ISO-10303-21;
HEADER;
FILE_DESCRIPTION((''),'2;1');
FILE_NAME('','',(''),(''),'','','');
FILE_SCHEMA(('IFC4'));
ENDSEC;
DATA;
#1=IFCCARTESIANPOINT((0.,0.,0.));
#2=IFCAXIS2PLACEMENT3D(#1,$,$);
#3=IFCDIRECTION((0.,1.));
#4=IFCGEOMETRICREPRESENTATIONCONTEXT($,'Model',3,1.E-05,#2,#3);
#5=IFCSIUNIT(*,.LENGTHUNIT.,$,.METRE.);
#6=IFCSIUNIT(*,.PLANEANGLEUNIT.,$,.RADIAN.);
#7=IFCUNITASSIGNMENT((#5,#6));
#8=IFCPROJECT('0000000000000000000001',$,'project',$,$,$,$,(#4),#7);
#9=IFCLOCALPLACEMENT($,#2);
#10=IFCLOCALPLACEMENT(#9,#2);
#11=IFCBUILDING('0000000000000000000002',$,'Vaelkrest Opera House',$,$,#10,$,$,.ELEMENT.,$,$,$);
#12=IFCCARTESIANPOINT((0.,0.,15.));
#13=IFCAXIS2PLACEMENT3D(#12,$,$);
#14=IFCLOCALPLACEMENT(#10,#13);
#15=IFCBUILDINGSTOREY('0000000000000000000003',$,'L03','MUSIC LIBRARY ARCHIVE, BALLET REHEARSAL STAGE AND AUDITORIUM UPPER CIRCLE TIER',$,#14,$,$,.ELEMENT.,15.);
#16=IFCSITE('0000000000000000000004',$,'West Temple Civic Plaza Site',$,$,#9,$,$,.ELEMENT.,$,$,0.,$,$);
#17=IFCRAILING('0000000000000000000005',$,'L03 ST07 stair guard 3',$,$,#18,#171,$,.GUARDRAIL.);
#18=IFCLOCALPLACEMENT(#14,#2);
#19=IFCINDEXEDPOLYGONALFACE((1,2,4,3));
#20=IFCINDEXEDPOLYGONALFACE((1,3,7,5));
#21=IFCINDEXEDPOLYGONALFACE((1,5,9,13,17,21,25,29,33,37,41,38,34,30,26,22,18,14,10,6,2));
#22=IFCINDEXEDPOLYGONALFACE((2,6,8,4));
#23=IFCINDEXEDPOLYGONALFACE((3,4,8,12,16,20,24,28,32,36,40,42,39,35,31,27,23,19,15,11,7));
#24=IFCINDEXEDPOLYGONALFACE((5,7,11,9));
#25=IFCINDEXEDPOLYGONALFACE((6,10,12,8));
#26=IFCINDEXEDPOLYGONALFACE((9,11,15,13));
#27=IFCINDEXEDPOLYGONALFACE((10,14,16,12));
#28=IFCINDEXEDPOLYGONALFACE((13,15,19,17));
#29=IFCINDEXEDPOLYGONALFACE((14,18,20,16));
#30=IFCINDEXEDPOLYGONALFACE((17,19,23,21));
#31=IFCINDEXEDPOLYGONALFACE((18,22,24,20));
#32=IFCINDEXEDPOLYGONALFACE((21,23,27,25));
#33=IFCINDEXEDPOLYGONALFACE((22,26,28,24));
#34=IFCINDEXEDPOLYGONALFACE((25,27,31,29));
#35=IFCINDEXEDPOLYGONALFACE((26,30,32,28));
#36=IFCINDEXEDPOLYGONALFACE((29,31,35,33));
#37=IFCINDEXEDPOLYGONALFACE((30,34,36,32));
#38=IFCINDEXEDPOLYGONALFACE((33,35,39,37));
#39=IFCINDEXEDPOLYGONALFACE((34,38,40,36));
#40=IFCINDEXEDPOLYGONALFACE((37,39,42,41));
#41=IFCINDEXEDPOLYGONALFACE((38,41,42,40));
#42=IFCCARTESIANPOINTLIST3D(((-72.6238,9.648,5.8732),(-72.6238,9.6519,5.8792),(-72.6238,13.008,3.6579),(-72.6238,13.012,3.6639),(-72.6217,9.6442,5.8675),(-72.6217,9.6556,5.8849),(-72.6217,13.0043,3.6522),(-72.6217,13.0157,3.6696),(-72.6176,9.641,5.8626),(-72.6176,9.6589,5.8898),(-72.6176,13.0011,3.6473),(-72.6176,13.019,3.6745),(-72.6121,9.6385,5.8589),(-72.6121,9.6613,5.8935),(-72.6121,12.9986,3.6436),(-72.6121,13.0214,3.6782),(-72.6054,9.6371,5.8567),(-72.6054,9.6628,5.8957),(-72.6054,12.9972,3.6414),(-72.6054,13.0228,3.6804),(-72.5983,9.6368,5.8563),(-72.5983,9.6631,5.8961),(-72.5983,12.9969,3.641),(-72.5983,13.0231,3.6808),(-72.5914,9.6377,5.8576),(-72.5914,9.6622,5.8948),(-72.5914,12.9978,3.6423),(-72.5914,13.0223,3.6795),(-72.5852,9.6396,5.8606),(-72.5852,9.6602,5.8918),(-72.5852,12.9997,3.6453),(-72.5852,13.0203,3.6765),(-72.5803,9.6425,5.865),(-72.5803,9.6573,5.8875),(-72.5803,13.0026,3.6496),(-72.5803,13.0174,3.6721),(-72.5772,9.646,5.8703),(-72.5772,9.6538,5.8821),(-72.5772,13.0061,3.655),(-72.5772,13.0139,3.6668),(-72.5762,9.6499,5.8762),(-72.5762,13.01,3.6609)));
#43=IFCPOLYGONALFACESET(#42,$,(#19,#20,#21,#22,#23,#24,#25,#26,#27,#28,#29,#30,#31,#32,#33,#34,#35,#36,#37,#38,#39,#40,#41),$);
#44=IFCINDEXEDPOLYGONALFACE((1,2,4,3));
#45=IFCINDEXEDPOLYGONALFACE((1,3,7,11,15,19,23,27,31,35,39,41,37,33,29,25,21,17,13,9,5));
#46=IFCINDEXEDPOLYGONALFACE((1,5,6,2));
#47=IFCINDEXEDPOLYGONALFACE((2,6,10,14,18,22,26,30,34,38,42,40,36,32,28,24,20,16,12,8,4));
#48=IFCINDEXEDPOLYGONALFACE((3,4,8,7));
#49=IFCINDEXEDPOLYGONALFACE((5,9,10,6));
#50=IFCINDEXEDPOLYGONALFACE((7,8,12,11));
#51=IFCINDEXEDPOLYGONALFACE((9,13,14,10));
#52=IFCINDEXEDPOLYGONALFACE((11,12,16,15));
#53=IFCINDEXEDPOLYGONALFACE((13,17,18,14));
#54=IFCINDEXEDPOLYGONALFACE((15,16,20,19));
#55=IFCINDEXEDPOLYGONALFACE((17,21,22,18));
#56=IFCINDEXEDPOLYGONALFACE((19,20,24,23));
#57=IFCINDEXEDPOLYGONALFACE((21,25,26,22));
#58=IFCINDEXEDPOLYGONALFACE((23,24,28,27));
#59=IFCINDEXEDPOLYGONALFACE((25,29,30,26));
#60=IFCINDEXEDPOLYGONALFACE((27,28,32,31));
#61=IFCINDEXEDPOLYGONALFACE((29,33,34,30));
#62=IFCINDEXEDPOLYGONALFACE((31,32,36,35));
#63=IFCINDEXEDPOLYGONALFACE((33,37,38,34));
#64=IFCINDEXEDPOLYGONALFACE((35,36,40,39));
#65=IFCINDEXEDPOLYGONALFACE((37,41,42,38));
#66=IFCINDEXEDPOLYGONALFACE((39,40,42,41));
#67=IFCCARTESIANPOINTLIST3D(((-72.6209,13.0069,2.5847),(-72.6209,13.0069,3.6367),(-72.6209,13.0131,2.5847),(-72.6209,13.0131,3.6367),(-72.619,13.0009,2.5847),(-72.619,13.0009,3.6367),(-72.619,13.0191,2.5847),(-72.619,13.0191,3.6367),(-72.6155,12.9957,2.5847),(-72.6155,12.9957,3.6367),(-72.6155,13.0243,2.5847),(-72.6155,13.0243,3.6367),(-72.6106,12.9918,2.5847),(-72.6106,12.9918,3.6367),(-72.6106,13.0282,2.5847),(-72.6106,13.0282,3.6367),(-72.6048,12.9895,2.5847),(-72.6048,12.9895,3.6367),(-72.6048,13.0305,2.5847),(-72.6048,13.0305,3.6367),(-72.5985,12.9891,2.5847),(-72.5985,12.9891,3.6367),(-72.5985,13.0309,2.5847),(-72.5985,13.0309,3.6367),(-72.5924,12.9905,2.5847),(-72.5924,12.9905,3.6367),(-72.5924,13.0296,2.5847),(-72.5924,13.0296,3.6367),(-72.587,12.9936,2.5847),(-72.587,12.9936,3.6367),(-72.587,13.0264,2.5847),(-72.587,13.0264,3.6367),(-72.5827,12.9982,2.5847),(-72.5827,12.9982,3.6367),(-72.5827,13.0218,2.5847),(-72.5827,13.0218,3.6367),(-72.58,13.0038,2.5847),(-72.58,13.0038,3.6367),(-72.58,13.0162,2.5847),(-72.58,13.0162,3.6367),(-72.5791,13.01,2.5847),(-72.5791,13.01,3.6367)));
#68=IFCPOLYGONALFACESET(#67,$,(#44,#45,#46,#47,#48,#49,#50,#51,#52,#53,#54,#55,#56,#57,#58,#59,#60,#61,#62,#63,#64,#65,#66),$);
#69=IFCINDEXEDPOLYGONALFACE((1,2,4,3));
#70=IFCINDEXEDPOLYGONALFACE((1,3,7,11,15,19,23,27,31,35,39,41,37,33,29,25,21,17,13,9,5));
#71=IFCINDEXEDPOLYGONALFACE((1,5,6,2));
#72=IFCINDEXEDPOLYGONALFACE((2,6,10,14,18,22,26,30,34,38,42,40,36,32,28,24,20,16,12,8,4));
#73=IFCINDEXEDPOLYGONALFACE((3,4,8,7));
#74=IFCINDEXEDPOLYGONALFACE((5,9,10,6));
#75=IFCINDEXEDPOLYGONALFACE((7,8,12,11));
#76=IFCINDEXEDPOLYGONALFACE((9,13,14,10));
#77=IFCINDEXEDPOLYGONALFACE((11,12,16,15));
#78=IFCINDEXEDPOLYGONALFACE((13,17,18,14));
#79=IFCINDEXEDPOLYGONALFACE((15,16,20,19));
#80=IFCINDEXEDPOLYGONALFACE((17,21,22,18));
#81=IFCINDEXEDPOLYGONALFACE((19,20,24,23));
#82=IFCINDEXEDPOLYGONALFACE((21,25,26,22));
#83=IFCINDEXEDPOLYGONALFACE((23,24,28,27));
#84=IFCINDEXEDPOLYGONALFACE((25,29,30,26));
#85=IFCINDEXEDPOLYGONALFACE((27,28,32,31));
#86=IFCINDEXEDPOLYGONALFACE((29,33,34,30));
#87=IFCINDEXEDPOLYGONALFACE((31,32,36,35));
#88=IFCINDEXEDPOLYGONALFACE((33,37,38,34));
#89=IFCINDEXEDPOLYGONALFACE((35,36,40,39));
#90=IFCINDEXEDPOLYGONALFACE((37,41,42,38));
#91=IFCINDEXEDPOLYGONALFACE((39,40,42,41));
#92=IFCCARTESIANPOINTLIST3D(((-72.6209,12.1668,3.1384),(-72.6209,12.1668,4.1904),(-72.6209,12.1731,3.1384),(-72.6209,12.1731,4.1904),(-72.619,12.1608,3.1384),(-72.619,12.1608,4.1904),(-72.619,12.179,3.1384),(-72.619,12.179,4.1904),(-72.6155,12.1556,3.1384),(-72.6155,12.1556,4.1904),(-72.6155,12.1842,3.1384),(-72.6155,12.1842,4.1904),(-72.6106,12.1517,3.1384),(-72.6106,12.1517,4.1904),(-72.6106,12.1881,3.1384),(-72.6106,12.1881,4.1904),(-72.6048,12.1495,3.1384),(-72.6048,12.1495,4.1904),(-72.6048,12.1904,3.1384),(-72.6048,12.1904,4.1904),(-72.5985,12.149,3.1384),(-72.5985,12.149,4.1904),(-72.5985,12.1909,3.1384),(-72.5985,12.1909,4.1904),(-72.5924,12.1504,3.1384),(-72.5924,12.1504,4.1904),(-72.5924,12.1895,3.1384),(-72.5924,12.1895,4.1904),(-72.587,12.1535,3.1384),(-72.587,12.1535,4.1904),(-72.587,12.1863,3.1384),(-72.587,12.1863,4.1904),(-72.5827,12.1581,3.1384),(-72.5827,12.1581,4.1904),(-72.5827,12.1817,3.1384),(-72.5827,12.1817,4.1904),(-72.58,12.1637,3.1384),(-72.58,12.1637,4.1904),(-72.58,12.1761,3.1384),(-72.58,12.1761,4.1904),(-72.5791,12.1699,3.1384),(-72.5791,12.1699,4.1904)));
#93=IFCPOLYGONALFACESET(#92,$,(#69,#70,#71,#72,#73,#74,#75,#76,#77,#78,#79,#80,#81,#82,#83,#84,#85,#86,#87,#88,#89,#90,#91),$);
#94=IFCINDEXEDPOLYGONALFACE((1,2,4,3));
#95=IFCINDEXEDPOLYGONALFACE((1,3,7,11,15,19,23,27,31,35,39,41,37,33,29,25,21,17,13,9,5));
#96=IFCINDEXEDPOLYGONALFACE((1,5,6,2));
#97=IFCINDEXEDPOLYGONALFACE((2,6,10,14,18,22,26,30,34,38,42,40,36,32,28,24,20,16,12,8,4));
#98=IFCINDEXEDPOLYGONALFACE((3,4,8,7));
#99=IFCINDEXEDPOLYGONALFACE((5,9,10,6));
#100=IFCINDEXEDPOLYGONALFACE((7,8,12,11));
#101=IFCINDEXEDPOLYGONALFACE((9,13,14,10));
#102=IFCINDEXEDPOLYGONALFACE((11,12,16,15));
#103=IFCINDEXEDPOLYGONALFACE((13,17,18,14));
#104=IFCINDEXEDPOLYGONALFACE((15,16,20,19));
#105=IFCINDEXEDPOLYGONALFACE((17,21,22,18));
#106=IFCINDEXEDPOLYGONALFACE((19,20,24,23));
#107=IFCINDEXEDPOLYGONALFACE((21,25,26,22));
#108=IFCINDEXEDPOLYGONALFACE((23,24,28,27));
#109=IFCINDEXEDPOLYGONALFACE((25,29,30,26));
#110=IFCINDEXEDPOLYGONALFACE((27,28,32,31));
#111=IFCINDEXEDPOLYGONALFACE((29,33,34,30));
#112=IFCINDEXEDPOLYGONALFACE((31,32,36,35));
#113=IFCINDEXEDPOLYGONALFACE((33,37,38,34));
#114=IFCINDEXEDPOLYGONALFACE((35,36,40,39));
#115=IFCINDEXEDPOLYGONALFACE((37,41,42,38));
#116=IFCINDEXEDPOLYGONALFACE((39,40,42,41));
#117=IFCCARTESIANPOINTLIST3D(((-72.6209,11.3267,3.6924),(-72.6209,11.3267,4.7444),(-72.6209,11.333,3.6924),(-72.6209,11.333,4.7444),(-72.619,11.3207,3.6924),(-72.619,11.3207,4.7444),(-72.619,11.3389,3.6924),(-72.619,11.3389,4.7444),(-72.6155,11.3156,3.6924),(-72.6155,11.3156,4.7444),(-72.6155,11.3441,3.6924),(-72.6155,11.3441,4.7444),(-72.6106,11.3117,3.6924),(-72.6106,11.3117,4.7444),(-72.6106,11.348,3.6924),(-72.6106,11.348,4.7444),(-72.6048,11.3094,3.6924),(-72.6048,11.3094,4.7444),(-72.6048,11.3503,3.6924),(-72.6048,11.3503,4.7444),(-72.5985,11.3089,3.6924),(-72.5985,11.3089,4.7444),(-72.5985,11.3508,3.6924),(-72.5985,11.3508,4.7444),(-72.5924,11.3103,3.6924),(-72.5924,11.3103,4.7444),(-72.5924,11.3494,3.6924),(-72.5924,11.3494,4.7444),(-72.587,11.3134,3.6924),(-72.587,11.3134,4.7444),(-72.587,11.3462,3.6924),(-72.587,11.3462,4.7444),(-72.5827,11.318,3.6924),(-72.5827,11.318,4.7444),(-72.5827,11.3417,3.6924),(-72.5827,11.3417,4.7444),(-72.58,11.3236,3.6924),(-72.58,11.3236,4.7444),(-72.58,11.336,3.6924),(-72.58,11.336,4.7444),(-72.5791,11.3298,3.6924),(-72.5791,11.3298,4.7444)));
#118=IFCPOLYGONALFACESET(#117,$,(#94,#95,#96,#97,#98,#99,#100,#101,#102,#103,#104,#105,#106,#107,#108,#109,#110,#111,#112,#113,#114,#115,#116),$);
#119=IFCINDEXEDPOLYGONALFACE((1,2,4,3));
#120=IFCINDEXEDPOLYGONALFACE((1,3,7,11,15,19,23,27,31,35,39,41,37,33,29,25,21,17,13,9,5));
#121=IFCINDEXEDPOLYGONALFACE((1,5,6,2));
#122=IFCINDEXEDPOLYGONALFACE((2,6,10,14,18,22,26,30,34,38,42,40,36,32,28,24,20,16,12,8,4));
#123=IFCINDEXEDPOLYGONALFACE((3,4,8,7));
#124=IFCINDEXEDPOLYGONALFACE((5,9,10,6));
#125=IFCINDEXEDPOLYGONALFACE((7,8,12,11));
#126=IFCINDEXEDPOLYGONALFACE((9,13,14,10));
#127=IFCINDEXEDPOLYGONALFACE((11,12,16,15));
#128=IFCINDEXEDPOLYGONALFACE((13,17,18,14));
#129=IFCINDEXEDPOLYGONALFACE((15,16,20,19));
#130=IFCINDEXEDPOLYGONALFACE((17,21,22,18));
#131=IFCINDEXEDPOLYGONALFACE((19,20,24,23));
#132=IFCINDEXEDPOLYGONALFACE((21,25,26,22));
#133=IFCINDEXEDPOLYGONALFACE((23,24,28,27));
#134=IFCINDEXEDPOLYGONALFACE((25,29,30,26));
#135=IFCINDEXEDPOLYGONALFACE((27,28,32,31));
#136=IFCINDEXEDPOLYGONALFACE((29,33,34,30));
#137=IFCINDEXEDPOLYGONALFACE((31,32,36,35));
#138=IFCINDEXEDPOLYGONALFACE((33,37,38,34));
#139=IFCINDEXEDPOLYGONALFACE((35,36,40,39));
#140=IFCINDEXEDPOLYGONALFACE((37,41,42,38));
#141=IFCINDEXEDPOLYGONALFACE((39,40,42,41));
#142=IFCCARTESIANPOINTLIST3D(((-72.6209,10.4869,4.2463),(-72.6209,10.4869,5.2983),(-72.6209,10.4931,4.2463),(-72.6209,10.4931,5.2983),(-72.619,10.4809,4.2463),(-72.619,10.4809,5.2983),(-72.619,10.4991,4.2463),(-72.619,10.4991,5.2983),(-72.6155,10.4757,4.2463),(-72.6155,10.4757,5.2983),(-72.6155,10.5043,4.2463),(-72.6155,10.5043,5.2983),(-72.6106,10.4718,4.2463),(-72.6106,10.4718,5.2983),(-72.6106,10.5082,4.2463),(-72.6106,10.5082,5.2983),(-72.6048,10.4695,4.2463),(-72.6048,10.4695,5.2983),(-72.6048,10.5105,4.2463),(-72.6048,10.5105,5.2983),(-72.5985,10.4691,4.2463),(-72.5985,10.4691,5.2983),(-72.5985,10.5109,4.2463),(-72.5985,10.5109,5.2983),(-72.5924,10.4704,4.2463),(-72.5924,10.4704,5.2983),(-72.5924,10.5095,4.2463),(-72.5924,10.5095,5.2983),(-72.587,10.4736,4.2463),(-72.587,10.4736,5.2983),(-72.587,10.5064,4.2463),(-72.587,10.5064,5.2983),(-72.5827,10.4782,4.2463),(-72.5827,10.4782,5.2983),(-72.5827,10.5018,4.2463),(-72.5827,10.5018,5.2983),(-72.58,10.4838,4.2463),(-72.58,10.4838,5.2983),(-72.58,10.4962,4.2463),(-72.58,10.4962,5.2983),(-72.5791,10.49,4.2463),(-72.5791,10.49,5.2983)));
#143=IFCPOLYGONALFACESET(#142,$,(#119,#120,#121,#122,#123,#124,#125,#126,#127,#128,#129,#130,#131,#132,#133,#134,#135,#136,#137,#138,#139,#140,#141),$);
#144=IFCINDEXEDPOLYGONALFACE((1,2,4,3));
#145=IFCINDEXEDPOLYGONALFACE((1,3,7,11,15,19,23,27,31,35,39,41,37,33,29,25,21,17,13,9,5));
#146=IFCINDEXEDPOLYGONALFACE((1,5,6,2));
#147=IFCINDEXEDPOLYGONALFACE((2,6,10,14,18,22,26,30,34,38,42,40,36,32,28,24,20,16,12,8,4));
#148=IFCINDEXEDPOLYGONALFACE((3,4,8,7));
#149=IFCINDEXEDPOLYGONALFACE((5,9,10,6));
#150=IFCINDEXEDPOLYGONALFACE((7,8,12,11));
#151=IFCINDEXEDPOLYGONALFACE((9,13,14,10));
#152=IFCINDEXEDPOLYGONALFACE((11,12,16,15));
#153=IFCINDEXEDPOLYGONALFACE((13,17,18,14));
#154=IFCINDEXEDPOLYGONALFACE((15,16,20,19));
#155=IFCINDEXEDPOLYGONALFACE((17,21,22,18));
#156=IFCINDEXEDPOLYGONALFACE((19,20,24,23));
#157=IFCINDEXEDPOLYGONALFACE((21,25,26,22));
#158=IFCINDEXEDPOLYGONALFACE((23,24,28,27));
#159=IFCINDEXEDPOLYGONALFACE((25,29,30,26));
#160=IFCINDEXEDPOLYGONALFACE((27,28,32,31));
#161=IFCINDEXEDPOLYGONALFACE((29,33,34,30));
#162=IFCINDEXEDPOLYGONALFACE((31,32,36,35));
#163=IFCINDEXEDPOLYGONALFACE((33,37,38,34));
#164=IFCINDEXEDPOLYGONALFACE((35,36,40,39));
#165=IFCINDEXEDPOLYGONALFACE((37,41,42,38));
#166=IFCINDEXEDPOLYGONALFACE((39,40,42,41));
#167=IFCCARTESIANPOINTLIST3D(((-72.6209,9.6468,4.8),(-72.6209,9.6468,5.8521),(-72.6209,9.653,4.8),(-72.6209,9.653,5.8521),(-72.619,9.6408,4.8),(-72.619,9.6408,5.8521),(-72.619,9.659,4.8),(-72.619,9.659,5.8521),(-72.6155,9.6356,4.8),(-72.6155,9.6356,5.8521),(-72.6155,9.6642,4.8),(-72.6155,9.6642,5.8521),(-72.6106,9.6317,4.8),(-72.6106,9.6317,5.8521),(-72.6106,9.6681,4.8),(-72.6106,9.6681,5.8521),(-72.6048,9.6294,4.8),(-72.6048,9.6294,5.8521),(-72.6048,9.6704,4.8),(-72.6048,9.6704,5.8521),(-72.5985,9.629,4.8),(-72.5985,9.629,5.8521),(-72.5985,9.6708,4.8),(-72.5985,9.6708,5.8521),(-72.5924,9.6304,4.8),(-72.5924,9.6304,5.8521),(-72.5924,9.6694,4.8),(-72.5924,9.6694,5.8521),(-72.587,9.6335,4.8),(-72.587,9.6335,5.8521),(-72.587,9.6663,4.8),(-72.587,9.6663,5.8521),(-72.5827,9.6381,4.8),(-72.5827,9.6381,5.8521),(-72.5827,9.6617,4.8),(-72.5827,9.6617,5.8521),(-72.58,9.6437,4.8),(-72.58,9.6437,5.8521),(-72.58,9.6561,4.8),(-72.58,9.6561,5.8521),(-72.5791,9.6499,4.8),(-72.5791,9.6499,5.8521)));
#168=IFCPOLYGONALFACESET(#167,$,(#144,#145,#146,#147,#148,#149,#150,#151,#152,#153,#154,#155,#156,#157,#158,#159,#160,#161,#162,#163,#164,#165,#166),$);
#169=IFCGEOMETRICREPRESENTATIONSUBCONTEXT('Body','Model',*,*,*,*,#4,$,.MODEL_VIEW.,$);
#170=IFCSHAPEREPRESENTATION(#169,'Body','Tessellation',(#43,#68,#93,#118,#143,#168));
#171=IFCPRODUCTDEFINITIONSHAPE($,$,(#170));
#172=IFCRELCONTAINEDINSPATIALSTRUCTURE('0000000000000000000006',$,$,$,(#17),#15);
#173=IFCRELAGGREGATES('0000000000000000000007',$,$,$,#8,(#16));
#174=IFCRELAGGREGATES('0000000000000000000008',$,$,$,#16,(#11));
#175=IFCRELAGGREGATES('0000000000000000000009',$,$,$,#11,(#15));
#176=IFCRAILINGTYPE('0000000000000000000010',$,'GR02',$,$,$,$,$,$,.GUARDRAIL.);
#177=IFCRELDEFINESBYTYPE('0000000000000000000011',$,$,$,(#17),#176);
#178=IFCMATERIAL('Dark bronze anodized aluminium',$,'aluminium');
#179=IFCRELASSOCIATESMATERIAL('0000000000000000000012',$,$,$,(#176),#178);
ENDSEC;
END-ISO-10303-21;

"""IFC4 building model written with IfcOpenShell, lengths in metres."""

from ifc_helpers import new_model, si_unit, direction, frame, origin, origin_2d, place, context, subcontext, project, spatial, circle, extrude, material, type_object, element, save


model = new_model("IFC4")

# Units and contexts
model_context = context("Model", 3, precision=1e-05, world=origin(), true_north=direction((0.0, 1.0)))
body_context = subcontext(model_context, "Body", "Model", "MODEL_VIEW")
ifc_project = project(units=[si_unit("LENGTHUNIT", "METRE"), si_unit("PLANEANGLEUNIT", "RADIAN")], contexts=[model_context])

# Site, building, storey
site_placement = place(None, origin())
site = spatial("IfcSite", under=ifc_project, at=site_placement, Name="West Temple Civic Plaza Site", CompositionType="ELEMENT", RefElevation=0.0)
building_placement = place(site_placement, origin())
building = spatial("IfcBuilding", under=site, at=building_placement, Name="Vaelkrest Opera House", CompositionType="ELEMENT")
storey_placement = place(building_placement, frame((0.0, 0.0, 15.0)))
storey = spatial("IfcBuildingStorey", under=building, at=storey_placement, Name="L03", Description="MUSIC LIBRARY ARCHIVE, BALLET REHEARSAL STAGE AND AUDITORIUM UPPER CIRCLE TIER", CompositionType="ELEMENT", Elevation=15.0)

# Shared definitions
ifc_material_1 = material(Name="Dark bronze anodized aluminium", Category="aluminium")

# Railing
railing_type_1 = type_object("IfcRailingType", Name="GR02", PredefinedType="GUARDRAIL", material=ifc_material_1)
railing_1_placement = place(storey_placement, frame((-72.6001, 13.01, 2.5847)))
element("IfcRailing", 1, at=railing_1_placement, inside=storey, type_object=railing_type_1, Name="L03 ST07 stair guard 3", PredefinedType="GUARDRAIL", context=body_context, shape_type="SweptSolid", body=[
    extrude(circle(Radius=0.0239, at=origin_2d()), frame((0.0, 0.0, 1.0762), z_axis=(0.0, -0.834876, 0.550437), x_axis=(1.0, 0.0, 0.0)), (0.0, 0.0, 1.0), 4.0247),
    extrude(circle(Radius=0.021, at=origin_2d()), origin(), (0.0, 0.0, 1.0), 1.052),
    extrude(circle(Radius=0.021, at=origin_2d()), frame((0.0, -0.8401, 0.5537)), (0.0, 0.0, 1.0), 1.052),
    extrude(circle(Radius=0.021, at=origin_2d()), frame((0.0, -1.6802, 1.1077)), (0.0, 0.0, 1.0), 1.052),
    extrude(circle(Radius=0.021, at=origin_2d()), frame((0.0, -2.52, 1.6616)), (0.0, 0.0, 1.0), 1.052),
    extrude(circle(Radius=0.021, at=origin_2d()), frame((0.0, -3.3601, 2.2153)), (0.0, 0.0, 1.0), 1.052),
])

save(model, "model.ifc")
